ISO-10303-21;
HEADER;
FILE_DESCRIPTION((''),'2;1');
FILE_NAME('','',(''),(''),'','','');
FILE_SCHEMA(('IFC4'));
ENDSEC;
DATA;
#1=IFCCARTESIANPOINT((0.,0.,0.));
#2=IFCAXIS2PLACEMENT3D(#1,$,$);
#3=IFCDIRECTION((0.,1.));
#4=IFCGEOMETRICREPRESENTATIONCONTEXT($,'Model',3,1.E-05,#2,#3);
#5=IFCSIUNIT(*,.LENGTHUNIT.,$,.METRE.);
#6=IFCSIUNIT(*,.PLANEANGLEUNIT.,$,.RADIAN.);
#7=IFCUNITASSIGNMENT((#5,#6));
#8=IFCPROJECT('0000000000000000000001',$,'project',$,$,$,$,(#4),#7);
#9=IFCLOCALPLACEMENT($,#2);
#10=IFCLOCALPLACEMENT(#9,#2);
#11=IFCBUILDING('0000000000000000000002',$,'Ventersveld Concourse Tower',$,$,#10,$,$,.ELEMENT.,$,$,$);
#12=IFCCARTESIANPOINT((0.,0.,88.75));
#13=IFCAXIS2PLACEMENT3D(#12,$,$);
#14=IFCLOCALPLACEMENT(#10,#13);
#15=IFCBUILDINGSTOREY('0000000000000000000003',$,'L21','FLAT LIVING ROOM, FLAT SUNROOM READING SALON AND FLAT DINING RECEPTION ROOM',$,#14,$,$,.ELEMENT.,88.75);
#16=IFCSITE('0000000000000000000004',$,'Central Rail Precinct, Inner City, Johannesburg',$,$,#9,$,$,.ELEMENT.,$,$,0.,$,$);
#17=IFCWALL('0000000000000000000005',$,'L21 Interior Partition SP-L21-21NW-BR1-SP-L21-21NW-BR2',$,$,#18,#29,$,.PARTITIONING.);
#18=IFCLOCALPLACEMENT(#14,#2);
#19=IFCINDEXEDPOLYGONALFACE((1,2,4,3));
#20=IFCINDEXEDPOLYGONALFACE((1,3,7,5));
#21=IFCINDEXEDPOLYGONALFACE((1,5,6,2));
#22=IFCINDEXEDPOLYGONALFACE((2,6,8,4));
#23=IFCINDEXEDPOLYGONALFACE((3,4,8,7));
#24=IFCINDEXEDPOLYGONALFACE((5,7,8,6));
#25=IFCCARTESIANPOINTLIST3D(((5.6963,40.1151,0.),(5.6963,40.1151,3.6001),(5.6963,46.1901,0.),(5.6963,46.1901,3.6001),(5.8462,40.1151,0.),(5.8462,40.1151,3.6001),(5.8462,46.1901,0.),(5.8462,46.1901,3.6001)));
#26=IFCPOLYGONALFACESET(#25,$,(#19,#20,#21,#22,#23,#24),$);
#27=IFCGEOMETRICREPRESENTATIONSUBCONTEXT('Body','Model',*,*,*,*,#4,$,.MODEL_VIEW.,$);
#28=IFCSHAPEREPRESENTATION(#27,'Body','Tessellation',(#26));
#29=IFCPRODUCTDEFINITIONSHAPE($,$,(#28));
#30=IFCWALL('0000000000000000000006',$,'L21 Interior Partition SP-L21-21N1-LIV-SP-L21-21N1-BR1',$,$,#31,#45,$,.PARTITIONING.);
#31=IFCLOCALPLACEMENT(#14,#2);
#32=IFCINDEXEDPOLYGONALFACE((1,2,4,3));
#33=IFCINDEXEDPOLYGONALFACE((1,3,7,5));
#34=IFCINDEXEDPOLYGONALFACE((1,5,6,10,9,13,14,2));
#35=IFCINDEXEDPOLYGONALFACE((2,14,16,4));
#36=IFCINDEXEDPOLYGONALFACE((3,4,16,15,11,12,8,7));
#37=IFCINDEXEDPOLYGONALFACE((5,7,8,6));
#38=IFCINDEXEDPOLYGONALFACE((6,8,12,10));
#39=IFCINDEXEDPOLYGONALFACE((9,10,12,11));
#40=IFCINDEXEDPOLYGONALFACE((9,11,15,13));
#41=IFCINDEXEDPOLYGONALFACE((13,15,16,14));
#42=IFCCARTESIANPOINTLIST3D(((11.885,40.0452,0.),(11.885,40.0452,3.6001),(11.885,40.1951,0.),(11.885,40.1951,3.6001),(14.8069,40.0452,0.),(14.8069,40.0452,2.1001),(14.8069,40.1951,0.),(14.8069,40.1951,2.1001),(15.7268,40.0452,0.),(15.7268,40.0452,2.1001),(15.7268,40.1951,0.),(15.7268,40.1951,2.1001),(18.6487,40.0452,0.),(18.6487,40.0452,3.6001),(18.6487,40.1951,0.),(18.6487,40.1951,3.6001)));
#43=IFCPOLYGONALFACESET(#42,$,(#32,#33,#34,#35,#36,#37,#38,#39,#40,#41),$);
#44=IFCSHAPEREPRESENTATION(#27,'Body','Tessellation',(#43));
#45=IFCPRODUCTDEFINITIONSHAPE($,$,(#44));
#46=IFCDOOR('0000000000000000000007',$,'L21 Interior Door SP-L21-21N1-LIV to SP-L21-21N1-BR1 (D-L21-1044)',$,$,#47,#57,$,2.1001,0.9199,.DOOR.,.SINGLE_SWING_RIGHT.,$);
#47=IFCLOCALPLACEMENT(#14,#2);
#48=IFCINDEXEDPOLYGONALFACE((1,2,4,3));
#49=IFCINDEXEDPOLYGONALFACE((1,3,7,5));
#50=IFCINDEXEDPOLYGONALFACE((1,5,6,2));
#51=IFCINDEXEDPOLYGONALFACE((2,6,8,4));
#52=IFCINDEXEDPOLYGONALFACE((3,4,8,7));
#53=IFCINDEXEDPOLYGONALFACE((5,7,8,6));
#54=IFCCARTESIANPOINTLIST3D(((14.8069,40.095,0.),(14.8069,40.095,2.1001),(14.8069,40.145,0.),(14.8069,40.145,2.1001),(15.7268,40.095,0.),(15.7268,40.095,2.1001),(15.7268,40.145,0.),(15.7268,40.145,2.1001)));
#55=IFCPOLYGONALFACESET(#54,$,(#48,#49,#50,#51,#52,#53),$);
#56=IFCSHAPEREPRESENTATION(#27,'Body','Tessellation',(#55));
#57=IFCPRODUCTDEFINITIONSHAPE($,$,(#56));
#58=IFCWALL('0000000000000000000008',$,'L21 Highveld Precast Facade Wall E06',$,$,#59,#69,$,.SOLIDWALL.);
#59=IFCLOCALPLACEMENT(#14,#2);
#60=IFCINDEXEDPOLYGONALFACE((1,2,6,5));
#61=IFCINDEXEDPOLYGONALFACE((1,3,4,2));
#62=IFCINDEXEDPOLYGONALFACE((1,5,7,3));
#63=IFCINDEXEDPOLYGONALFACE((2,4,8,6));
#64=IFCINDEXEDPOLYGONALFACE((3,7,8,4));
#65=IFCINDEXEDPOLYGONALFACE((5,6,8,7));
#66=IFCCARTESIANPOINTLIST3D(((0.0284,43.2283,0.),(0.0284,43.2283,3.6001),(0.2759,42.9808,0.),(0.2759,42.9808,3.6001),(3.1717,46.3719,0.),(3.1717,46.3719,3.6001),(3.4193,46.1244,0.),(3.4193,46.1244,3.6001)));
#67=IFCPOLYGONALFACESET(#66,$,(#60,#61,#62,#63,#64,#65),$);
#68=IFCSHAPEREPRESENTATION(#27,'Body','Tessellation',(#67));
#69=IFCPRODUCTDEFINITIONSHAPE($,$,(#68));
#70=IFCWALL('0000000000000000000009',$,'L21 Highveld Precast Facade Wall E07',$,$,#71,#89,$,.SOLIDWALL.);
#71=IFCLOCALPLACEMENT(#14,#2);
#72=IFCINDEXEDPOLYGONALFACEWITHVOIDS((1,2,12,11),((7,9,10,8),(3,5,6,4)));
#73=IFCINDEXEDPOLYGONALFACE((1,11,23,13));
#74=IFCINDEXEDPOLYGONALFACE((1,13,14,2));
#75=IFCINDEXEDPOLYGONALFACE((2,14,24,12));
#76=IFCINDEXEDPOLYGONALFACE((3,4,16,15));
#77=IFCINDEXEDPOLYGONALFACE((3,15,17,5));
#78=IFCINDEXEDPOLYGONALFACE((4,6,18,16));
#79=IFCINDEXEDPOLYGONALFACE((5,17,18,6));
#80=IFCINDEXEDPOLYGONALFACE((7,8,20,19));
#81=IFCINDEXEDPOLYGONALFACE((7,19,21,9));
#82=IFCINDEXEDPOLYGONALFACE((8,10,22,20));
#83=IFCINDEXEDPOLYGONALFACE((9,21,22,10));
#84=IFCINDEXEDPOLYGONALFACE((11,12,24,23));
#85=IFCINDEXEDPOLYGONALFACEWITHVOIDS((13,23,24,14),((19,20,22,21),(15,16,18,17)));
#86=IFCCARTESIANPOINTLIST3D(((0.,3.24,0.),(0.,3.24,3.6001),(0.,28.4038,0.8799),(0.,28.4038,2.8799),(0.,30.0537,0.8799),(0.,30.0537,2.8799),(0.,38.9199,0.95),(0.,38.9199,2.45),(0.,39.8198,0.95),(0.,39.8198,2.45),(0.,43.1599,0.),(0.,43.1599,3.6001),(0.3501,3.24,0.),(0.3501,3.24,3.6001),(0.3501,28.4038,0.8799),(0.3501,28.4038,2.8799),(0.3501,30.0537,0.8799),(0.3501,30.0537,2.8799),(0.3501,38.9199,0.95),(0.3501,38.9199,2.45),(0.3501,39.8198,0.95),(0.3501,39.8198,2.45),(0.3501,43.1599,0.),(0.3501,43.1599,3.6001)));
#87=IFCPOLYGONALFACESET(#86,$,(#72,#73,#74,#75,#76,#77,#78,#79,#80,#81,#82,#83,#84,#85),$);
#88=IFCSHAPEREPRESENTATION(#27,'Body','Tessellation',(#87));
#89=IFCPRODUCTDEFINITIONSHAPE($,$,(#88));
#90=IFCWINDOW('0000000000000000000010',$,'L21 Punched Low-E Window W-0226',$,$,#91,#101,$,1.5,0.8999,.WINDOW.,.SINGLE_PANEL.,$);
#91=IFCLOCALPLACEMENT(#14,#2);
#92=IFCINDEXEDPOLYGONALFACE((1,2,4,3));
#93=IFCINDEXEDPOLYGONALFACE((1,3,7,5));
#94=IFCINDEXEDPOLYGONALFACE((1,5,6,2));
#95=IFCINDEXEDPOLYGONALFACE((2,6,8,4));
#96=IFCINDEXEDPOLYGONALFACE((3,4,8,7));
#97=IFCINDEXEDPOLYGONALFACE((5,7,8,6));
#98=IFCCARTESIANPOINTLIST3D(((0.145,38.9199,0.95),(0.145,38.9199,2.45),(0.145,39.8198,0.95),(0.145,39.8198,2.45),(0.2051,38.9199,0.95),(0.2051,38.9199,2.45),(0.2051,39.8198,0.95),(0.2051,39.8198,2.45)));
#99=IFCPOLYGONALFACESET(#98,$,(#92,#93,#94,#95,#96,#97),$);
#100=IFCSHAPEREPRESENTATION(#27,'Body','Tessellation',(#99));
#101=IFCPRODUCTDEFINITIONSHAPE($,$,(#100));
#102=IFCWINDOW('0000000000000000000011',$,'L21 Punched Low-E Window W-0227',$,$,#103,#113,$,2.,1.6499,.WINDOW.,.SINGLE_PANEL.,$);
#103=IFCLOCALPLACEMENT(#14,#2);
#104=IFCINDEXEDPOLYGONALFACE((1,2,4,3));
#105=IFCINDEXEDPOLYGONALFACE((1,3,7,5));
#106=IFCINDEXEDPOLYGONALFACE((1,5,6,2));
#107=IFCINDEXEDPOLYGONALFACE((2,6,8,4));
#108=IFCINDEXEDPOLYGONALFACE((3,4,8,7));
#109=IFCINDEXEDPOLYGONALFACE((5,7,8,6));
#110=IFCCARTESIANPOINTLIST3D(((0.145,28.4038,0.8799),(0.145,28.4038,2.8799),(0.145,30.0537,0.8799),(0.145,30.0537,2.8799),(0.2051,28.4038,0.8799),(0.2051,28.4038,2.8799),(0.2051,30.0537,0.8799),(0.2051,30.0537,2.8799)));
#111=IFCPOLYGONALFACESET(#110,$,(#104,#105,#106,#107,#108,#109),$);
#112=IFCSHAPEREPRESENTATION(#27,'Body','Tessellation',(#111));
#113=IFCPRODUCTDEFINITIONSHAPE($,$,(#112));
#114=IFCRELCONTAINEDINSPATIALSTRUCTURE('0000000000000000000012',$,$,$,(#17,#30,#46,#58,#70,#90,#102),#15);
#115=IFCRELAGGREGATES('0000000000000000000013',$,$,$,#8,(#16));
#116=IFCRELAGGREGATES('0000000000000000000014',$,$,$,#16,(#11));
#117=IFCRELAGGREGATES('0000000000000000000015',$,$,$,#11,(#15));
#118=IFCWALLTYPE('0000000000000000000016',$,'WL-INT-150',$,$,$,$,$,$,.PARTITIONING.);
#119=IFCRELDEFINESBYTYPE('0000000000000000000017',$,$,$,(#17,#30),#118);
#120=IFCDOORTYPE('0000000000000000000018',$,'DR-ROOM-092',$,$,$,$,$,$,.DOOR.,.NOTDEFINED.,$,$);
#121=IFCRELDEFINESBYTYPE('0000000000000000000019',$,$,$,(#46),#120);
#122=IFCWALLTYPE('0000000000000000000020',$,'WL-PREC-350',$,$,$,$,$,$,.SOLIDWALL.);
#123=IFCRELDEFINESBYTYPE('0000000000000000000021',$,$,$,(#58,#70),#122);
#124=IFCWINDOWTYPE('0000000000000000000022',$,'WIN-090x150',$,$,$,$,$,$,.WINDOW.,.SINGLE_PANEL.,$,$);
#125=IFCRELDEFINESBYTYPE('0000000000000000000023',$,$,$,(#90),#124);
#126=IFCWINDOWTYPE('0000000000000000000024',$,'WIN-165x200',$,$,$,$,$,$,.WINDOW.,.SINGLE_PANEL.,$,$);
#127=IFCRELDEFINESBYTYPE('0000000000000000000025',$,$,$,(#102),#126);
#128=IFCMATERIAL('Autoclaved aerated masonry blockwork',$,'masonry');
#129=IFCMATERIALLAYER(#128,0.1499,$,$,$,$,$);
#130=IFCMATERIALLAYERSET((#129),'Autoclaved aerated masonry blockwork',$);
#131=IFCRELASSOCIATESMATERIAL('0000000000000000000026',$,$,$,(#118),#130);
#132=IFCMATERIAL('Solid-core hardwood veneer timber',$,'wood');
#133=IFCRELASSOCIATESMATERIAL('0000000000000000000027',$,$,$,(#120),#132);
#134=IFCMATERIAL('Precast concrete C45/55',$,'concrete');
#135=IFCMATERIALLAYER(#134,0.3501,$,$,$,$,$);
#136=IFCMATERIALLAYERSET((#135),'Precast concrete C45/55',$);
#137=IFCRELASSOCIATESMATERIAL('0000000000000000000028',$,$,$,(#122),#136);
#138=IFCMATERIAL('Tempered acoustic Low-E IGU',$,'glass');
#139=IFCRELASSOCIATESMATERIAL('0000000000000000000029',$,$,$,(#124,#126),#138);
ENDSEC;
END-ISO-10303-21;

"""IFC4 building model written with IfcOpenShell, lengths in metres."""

from ifc_helpers import new_model, si_unit, direction, frame, frame_2d, origin, place, context, subcontext, project, spatial, rectangle, extrude, material, layer, layer_set, type_object, element, fill, save


model = new_model("IFC4")

# Units and contexts
model_context = context("Model", 3, precision=1e-05, world=origin(), true_north=direction((0.0, 1.0)))
body_context = subcontext(model_context, "Body", "Model", "MODEL_VIEW")
ifc_project = project(units=[si_unit("LENGTHUNIT", "METRE"), si_unit("PLANEANGLEUNIT", "RADIAN")], contexts=[model_context])

# Site, building, storey
site_placement = place(None, origin())
site = spatial("IfcSite", under=ifc_project, at=site_placement, Name="Central Rail Precinct, Inner City, Johannesburg", CompositionType="ELEMENT", RefElevation=0.0)
building_placement = place(site_placement, origin())
building = spatial("IfcBuilding", under=site, at=building_placement, Name="Ventersveld Concourse Tower", CompositionType="ELEMENT")
storey_placement = place(building_placement, frame((0.0, 0.0, 88.75)))
storey = spatial("IfcBuildingStorey", under=building, at=storey_placement, Name="L21", Description="FLAT LIVING ROOM, FLAT SUNROOM READING SALON AND FLAT DINING RECEPTION ROOM", CompositionType="ELEMENT", Elevation=88.75)

# Shared definitions
ifc_material_1 = material(Name="Autoclaved aerated masonry blockwork", Category="masonry")
ifc_layer_1 = layer(ifc_material_1, 0.1499)
ifc_layer_set_1 = layer_set([ifc_layer_1], Name="Autoclaved aerated masonry blockwork")
wall_type_1 = type_object("IfcWallType", Name="WL-INT-150", PredefinedType="PARTITIONING", material=ifc_layer_set_1)

# Shared definitions
ifc_material_2 = material(Name="Solid-core hardwood veneer timber", Category="wood")
door_type = type_object("IfcDoorType", Name="DR-ROOM-092", OperationType="NOTDEFINED", PredefinedType="DOOR", material=ifc_material_2)

# Wall
wall_1_placement = place(storey_placement, frame((5.7712, 40.115, 0.0), z_axis=(0.0, 0.0, 1.0), x_axis=(0.0, 1.0, 0.0)))
element("IfcWall", 1, at=wall_1_placement, inside=storey, type_object=wall_type_1, Name="L21 Interior Partition SP-L21-21NW-BR1-SP-L21-21NW-BR2", PredefinedType="PARTITIONING", context=body_context, shape_type="SweptSolid", body=[
    extrude(rectangle(XDim=6.075, YDim=0.1499, at=frame_2d((3.0376, 0.0))), origin(), (0.0, 0.0, 1.0), 3.6001),
])

# Wall, opening, door
wall_2_placement = place(storey_placement, frame((11.885, 40.1201, 0.0), z_axis=(0.0, 0.0, 1.0), x_axis=(1.0, 0.0, 0.0)))
wall_2 = element("IfcWall", 2, at=wall_2_placement, inside=storey, type_object=wall_type_1, Name="L21 Interior Partition SP-L21-21N1-LIV-SP-L21-21N1-BR1", PredefinedType="PARTITIONING", context=body_context, shape_type="SweptSolid", body=[
    extrude(rectangle(XDim=6.7637, YDim=0.1499, at=frame_2d((3.3818, 0.0))), origin(), (0.0, 0.0, 1.0), 3.6001),
])
opening_1_placement = place(wall_2_placement, frame((2.9219, 0.0, 0.0)))
opening_1 = element("IfcOpeningElement", 3, at=opening_1_placement, cuts=wall_2, PredefinedType="OPENING", context=body_context, shape_type="SweptSolid", body=[
    extrude(rectangle(XDim=0.9199, YDim=2.1001, at=frame_2d((0.46, 1.05))), frame((0.0, 0.085, 0.0), z_axis=(0.0, -1.0, 0.0), x_axis=(1.0, 0.0, 0.0)), (0.0, 0.0, 1.0), 0.1699),
])
door_1_placement = place(opening_1_placement, origin())
door_1 = element("IfcDoor", 4, at=door_1_placement, inside=storey, type_object=door_type, Name="L21 Interior Door SP-L21-21N1-LIV to SP-L21-21N1-BR1 (D-L21-1044)", OperationType="SINGLE_SWING_RIGHT", OverallHeight=2.1001, OverallWidth=0.9199, PredefinedType="DOOR", context=body_context, shape_type="SweptSolid", body=[
    extrude(rectangle(XDim=0.9199, YDim=2.1001, at=frame_2d((0.46, 1.05))), frame((0.0, 0.0249, 0.0), z_axis=(0.0, -1.0, 0.0), x_axis=(1.0, 0.0, 0.0)), (0.0, 0.0, 1.0), 0.05),
])
fill(opening_1, door_1)

# Wall
ifc_material_3 = material(Name="Precast concrete C45/55", Category="concrete")
ifc_layer_2 = layer(ifc_material_3, 0.3501)
ifc_layer_set_2 = layer_set([ifc_layer_2], Name="Precast concrete C45/55")
wall_type_2 = type_object("IfcWallType", Name="WL-PREC-350", PredefinedType="SOLIDWALL", material=ifc_layer_set_2)
wall_3_placement = place(storey_placement, frame((3.2954, 46.248, 0.0), z_axis=(0.0, 0.0, 1.0), x_axis=(-0.707079, -0.707134, 0.0)))
element("IfcWall", 5, at=wall_3_placement, inside=storey, type_object=wall_type_2, Name="L21 Highveld Precast Facade Wall E06", PredefinedType="SOLIDWALL", context=body_context, shape_type="SweptSolid", body=[
    extrude(rectangle(XDim=4.4456, YDim=0.3501, at=frame_2d((2.2227, 0.0))), origin(), (0.0, 0.0, 1.0), 3.6001),
])

# Wall, openings, windows
wall_4_placement = place(storey_placement, frame((0.175, 43.1599, 0.0), z_axis=(0.0, 0.0, 1.0), x_axis=(0.0, -1.0, 0.0)))
wall_4 = element("IfcWall", 6, at=wall_4_placement, inside=storey, type_object=wall_type_2, Name="L21 Highveld Precast Facade Wall E07", PredefinedType="SOLIDWALL", context=body_context, shape_type="SweptSolid", body=[
    extrude(rectangle(XDim=39.9199, YDim=0.3501, at=frame_2d((19.96, 0.0))), origin(), (0.0, 0.0, 1.0), 3.6001),
])
opening_2_placement = place(wall_4_placement, frame((3.3401, 0.0, 0.95)))
opening_2 = element("IfcOpeningElement", 7, at=opening_2_placement, cuts=wall_4, PredefinedType="OPENING", context=body_context, shape_type="SweptSolid", body=[
    extrude(rectangle(XDim=0.8999, YDim=1.5, at=frame_2d((0.45, 0.75))), frame((0.0, 0.1851, 0.0), z_axis=(0.0, -1.0, 0.0), x_axis=(1.0, 0.0, 0.0)), (0.0, 0.0, 1.0), 0.3701),
])
opening_3_placement = place(wall_4_placement, frame((13.1062, 0.0, 0.8799)))
opening_3 = element("IfcOpeningElement", 8, at=opening_3_placement, cuts=wall_4, PredefinedType="OPENING", context=body_context, shape_type="SweptSolid", body=[
    extrude(rectangle(XDim=1.6499, YDim=2.0, at=frame_2d((0.825, 1.0))), frame((0.0, 0.1851, 0.0), z_axis=(0.0, -1.0, 0.0), x_axis=(1.0, 0.0, 0.0)), (0.0, 0.0, 1.0), 0.3701),
])
ifc_material_4 = material(Name="Tempered acoustic Low-E IGU", Category="glass")
window_type_1 = type_object("IfcWindowType", Name="WIN-090x150", PartitioningType="SINGLE_PANEL", PredefinedType="WINDOW", material=ifc_material_4)
window_1_placement = place(opening_2_placement, origin())
window_1 = element("IfcWindow", 9, at=window_1_placement, inside=storey, type_object=window_type_1, Name="L21 Punched Low-E Window W-0226", OverallHeight=1.5, OverallWidth=0.8999, PartitioningType="SINGLE_PANEL", PredefinedType="WINDOW", context=body_context, shape_type="SweptSolid", body=[
    extrude(rectangle(XDim=0.8999, YDim=1.5, at=frame_2d((0.45, 0.75))), frame((0.0, 0.03, 0.0), z_axis=(0.0, -1.0, 0.0), x_axis=(1.0, 0.0, 0.0)), (0.0, 0.0, 1.0), 0.0601),
])
fill(opening_2, window_1)
window_type_2 = type_object("IfcWindowType", Name="WIN-165x200", PartitioningType="SINGLE_PANEL", PredefinedType="WINDOW", material=ifc_material_4)
window_2_placement = place(opening_3_placement, origin())
window_2 = element("IfcWindow", 10, at=window_2_placement, inside=storey, type_object=window_type_2, Name="L21 Punched Low-E Window W-0227", OverallHeight=2.0, OverallWidth=1.6499, PartitioningType="SINGLE_PANEL", PredefinedType="WINDOW", context=body_context, shape_type="SweptSolid", body=[
    extrude(rectangle(XDim=1.6499, YDim=2.0, at=frame_2d((0.825, 1.0))), frame((0.0, 0.03, 0.0), z_axis=(0.0, -1.0, 0.0), x_axis=(1.0, 0.0, 0.0)), (0.0, 0.0, 1.0), 0.0601),
])
fill(opening_3, window_2)

save(model, "model.ifc")
